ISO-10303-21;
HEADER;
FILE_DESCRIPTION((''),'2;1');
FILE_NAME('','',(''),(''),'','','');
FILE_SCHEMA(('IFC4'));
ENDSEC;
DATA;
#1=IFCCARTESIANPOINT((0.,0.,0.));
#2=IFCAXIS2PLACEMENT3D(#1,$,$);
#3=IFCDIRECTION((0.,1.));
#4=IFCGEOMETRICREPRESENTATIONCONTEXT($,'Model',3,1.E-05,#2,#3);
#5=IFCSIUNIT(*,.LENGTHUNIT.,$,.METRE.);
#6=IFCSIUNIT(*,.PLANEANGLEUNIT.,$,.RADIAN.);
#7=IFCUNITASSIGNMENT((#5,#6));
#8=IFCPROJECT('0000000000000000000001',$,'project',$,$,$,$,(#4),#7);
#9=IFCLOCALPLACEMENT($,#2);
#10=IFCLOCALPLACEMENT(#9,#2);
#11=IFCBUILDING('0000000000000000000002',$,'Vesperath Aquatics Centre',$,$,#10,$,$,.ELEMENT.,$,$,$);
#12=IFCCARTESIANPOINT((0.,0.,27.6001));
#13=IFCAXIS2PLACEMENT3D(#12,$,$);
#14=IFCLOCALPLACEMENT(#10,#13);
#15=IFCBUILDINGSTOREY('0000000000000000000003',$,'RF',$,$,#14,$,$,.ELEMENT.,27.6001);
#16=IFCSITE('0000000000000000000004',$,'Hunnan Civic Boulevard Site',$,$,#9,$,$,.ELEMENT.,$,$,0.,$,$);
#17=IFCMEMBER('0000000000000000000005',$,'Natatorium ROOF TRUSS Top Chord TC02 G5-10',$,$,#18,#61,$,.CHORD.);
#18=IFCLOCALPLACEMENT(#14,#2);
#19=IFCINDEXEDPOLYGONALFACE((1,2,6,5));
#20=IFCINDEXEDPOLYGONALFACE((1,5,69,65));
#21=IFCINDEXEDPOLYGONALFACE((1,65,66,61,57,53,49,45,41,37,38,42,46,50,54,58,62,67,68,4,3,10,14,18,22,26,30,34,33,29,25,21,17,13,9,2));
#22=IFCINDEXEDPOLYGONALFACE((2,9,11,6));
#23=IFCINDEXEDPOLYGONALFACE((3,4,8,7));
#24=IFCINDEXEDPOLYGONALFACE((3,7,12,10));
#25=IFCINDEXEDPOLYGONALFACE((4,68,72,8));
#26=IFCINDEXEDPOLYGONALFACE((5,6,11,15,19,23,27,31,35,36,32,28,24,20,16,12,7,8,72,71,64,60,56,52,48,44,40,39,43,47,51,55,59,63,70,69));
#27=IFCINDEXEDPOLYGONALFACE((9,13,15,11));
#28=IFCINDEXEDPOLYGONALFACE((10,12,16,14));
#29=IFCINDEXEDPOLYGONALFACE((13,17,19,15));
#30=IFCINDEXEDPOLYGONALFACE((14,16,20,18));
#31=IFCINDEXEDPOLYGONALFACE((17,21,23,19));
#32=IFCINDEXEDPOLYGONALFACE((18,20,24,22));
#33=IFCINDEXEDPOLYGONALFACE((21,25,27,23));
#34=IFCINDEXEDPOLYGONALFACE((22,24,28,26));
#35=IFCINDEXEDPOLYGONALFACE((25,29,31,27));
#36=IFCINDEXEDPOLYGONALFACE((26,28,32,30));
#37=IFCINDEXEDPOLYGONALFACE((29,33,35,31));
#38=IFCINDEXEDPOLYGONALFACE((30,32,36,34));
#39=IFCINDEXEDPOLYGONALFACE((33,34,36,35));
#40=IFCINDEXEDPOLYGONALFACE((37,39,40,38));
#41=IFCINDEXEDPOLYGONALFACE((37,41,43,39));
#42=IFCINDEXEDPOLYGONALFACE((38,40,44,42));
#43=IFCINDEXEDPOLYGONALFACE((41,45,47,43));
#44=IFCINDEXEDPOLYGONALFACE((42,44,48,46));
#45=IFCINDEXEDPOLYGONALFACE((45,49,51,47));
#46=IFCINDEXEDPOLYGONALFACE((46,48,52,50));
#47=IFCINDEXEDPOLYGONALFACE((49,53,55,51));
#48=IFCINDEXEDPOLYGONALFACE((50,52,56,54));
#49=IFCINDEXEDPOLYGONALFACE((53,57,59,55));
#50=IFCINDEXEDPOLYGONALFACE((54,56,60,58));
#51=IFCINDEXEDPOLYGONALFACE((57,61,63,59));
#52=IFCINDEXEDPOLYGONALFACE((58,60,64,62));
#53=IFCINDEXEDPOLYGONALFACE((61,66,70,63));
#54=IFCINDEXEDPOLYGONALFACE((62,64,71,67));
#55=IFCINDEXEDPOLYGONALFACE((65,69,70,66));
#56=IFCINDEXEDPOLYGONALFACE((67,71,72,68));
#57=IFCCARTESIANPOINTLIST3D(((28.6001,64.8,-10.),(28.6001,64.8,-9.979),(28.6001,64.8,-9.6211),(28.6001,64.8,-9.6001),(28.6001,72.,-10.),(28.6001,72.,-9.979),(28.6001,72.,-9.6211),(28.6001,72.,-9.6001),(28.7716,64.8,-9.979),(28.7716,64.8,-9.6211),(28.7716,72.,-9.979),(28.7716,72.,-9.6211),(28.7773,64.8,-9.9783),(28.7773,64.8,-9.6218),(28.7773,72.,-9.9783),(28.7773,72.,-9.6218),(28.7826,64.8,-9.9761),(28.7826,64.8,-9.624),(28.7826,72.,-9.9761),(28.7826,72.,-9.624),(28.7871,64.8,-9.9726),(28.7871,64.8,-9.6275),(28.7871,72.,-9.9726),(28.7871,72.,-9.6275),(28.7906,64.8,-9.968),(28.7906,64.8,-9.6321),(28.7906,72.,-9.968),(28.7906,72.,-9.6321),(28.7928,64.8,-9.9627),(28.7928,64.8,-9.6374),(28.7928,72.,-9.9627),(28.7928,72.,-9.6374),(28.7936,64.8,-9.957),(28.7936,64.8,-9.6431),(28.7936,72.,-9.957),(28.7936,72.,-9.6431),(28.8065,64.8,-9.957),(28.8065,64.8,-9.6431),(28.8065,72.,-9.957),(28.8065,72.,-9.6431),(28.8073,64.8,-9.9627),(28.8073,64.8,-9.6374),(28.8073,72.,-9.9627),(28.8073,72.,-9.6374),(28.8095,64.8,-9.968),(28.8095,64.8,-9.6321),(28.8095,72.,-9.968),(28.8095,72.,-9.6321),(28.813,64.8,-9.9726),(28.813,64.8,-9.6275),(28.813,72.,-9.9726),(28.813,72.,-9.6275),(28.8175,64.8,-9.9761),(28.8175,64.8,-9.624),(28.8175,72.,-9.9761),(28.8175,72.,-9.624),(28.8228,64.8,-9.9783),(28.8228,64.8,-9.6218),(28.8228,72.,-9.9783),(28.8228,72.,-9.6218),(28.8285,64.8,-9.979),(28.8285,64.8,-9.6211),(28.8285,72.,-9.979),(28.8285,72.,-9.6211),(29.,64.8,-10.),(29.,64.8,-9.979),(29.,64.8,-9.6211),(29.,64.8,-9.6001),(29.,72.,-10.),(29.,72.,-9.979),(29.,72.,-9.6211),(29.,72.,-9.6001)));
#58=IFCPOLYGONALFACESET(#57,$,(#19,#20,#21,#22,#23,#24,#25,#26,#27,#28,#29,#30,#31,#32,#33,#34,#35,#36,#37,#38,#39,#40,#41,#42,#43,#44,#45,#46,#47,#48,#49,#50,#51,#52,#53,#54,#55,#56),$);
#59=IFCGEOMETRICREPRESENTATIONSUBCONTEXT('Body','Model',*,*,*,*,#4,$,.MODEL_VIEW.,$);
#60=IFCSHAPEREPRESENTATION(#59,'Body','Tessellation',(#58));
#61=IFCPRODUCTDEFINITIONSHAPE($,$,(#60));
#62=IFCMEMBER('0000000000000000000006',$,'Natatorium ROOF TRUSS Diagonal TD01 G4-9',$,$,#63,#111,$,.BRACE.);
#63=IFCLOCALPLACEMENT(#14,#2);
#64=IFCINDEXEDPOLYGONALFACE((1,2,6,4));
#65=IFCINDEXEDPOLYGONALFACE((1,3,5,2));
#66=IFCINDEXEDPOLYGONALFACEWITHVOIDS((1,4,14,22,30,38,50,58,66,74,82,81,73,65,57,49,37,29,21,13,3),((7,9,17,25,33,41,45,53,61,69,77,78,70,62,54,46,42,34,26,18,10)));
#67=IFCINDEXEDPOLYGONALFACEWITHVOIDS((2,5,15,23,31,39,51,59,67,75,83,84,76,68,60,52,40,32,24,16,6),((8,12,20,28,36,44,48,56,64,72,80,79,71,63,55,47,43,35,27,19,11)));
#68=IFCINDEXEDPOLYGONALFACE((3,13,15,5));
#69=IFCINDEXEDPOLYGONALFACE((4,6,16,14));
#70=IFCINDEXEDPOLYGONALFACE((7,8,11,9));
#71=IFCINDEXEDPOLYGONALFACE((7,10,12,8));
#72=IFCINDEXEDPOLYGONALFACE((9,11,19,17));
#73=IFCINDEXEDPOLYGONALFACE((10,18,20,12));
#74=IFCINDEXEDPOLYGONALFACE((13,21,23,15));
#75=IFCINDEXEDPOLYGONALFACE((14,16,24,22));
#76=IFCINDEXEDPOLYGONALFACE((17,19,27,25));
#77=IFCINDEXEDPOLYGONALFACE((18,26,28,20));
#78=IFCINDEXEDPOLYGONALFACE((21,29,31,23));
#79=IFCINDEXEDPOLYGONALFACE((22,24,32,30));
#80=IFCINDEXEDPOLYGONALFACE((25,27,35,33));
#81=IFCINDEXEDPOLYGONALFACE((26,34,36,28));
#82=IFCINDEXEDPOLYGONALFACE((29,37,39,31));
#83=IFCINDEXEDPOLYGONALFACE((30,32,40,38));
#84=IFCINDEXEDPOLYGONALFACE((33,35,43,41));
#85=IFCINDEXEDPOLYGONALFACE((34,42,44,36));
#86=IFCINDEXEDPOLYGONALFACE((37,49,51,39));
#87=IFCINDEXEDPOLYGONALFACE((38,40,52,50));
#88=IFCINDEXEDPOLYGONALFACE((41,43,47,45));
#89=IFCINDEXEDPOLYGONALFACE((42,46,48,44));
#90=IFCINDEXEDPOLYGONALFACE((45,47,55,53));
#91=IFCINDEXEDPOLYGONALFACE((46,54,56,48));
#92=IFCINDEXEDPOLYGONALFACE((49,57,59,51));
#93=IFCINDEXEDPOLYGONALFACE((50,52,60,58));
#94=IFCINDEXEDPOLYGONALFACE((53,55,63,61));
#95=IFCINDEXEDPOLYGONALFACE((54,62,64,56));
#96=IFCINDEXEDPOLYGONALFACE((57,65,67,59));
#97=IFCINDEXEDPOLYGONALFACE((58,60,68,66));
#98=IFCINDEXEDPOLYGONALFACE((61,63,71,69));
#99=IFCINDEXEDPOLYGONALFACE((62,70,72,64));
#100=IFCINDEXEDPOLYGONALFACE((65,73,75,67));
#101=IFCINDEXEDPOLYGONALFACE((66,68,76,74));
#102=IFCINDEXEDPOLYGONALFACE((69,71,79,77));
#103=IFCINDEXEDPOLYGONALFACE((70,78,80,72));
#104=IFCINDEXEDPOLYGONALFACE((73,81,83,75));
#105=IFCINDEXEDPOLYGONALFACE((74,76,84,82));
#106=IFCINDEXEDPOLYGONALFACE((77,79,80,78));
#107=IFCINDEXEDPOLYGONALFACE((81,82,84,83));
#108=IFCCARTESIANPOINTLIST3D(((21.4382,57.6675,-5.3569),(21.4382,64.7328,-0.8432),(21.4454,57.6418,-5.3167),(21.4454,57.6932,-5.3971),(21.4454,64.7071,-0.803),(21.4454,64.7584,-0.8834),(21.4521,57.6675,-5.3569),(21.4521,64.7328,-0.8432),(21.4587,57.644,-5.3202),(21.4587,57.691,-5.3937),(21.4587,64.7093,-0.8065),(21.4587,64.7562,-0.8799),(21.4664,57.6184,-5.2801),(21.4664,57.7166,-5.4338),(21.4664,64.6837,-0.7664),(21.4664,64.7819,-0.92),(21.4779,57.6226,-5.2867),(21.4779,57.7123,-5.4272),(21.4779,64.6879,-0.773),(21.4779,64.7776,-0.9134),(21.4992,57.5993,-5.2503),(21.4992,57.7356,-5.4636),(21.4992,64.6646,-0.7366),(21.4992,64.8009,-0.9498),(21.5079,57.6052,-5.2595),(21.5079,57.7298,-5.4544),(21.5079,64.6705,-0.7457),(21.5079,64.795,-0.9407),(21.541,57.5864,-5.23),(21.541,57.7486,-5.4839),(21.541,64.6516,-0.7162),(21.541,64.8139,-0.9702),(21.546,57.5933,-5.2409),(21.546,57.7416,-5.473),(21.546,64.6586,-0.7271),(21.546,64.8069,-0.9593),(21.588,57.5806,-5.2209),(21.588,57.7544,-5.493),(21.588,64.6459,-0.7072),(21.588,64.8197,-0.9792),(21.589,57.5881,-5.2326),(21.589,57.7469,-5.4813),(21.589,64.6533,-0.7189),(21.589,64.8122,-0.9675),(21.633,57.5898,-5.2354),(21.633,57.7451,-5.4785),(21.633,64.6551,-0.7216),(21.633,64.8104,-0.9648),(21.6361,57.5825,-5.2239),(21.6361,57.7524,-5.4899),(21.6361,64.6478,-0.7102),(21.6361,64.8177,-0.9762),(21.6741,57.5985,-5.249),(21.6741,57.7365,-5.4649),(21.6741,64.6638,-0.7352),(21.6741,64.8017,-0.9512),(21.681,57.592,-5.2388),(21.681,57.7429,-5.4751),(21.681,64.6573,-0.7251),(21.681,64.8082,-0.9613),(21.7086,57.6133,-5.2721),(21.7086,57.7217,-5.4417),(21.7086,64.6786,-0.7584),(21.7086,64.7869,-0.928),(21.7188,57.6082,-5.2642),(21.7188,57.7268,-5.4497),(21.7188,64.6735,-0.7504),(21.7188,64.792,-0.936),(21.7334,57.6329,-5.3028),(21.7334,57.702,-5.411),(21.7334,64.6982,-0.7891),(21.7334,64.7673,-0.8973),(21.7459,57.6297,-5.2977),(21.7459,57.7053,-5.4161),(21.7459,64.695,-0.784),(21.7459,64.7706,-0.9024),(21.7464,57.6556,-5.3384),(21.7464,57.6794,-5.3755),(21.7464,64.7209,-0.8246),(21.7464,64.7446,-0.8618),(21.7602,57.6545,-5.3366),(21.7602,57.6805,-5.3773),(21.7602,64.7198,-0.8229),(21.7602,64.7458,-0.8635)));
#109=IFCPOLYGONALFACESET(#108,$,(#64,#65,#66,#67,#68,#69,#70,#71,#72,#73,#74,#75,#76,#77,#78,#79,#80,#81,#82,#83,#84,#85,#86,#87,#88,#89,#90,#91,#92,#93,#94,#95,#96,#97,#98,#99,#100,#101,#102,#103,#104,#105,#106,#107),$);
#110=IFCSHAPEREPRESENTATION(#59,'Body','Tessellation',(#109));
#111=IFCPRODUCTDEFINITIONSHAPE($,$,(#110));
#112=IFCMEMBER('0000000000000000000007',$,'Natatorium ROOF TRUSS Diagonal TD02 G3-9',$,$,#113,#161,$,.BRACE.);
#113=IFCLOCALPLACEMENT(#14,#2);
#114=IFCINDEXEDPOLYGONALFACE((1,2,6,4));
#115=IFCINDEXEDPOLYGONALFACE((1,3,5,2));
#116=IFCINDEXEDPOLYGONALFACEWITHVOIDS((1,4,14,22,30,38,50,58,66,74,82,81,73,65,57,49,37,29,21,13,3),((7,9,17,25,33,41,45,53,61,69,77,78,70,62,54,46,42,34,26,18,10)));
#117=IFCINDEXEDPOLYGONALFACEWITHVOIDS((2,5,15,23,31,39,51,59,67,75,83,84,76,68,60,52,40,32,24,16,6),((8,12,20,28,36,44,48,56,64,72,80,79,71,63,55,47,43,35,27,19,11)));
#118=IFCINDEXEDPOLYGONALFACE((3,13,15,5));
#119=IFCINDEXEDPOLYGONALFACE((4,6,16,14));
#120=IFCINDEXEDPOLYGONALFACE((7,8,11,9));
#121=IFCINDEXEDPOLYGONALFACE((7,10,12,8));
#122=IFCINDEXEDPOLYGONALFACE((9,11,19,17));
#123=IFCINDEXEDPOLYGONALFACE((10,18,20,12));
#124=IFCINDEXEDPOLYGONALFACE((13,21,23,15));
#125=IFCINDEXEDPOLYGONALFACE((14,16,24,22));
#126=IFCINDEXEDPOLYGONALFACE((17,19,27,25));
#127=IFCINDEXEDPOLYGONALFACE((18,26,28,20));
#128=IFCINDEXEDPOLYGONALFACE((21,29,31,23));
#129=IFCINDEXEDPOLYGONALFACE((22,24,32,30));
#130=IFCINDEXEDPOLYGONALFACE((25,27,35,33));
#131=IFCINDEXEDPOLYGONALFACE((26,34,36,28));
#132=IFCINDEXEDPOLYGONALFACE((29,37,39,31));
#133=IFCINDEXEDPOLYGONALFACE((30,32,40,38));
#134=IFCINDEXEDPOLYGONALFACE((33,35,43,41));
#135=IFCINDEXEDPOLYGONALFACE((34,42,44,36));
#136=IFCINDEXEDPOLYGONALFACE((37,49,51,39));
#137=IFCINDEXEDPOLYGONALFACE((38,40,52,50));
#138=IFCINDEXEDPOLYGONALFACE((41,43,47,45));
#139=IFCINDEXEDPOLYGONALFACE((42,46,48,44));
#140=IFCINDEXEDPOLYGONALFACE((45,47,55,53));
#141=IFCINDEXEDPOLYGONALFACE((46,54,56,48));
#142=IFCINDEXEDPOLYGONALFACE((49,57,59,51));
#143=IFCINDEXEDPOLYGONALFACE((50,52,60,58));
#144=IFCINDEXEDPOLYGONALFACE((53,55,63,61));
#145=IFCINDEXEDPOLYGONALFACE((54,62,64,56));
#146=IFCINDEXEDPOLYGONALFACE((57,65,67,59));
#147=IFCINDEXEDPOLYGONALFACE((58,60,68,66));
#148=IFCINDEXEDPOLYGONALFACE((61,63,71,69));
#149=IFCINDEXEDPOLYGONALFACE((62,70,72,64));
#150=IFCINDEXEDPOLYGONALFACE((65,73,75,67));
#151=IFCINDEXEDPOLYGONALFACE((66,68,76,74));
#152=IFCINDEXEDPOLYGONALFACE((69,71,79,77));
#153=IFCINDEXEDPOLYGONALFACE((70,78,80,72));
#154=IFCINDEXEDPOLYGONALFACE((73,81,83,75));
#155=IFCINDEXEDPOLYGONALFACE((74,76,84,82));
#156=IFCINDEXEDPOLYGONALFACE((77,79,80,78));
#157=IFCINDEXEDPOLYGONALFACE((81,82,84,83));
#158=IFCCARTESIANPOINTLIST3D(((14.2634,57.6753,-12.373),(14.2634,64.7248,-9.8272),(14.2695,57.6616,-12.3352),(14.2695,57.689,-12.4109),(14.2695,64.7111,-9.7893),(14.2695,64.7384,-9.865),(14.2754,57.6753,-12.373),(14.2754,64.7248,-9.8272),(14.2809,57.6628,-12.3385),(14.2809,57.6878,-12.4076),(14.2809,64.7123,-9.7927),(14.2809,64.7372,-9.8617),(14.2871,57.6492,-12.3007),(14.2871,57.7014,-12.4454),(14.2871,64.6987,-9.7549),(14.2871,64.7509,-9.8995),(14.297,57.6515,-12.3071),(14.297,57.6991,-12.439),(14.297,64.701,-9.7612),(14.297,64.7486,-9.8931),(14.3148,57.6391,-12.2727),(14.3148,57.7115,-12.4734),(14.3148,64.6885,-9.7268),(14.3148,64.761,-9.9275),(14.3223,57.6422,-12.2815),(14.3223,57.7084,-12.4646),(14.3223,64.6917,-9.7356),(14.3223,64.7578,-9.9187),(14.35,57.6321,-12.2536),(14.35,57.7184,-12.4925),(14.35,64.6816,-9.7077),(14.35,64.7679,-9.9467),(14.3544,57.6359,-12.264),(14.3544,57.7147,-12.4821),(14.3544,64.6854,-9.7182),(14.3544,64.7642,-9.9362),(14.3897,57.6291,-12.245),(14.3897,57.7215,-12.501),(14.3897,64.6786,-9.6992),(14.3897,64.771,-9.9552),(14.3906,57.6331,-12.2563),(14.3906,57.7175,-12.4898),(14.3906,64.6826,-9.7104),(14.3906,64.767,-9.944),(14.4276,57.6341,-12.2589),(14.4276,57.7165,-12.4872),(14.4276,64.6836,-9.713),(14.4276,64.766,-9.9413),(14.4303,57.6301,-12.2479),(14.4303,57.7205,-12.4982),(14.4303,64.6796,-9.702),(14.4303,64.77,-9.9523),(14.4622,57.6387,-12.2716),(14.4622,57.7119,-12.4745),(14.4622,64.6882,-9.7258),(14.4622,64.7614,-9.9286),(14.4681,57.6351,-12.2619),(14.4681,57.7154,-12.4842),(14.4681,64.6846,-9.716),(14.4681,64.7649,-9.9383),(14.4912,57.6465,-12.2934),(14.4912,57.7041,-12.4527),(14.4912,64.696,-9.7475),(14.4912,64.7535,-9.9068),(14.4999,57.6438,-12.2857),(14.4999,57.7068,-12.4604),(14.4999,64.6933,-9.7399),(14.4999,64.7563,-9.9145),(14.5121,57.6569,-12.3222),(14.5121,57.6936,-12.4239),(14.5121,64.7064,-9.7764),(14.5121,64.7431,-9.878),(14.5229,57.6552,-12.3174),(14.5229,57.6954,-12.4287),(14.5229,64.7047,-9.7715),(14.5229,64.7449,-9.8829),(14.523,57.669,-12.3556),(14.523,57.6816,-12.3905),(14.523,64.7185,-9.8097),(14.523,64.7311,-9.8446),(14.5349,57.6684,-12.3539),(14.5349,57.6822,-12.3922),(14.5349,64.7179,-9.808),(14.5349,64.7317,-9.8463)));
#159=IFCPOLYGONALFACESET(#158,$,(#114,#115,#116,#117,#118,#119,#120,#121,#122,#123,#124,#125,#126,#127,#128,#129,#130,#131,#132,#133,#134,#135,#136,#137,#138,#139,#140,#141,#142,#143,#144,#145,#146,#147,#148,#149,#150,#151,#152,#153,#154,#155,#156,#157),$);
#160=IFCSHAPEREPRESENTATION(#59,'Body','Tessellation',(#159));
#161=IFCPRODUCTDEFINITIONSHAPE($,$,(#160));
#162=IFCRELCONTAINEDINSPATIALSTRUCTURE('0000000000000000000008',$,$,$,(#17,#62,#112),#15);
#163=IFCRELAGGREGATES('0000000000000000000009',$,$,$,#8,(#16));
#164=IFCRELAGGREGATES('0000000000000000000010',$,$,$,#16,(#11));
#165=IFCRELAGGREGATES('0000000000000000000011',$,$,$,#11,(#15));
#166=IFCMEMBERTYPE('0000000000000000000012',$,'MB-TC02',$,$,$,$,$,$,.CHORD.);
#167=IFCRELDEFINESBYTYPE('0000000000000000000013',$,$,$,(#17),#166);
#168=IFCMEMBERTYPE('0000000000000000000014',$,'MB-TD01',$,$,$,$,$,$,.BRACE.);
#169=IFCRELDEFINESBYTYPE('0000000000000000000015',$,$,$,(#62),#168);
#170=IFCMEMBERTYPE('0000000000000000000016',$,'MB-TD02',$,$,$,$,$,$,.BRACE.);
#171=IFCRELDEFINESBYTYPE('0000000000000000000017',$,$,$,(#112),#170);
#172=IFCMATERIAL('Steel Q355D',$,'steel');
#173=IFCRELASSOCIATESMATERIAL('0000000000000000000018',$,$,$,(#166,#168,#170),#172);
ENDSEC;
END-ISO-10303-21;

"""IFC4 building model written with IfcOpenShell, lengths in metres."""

from ifc_helpers import new_model, si_unit, direction, frame, origin, origin_2d, place, context, subcontext, project, spatial, hollow_circle, i_section, extrude, material, material_profile, profile_set, type_object, element, save


model = new_model("IFC4")

# Units and contexts
model_context = context("Model", 3, precision=1e-05, world=origin(), true_north=direction((0.0, 1.0)))
body_context = subcontext(model_context, "Body", "Model", "MODEL_VIEW")
ifc_project = project(units=[si_unit("LENGTHUNIT", "METRE"), si_unit("PLANEANGLEUNIT", "RADIAN")], contexts=[model_context])

# Site, building, storey
site_placement = place(None, origin())
site = spatial("IfcSite", under=ifc_project, at=site_placement, Name="Hunnan Civic Boulevard Site", CompositionType="ELEMENT", RefElevation=0.0)
building_placement = place(site_placement, origin())
building = spatial("IfcBuilding", under=site, at=building_placement, Name="Vesperath Aquatics Centre", CompositionType="ELEMENT")
storey_placement = place(building_placement, frame((0.0, 0.0, 27.6001)))
storey = spatial("IfcBuildingStorey", under=building, at=storey_placement, Name="RF", CompositionType="ELEMENT", Elevation=27.6001)

# Members
ifc_material_1 = material(Name="Steel Q355D", Category="steel")
ifc_material_profile_1 = material_profile(ifc_material_1, i_section(OverallWidth=0.3999, OverallDepth=0.3999, WebThickness=0.0129, FlangeThickness=0.021, FilletRadius=0.022, at=origin_2d()), Name="HW 400x400x13x21")
ifc_profile_set_1 = profile_set([ifc_material_profile_1], Name="Steel Q355D")
member_type_1 = type_object("IfcMemberType", Name="MB-TC02", PredefinedType="CHORD", material=ifc_profile_set_1)
for number, where, z_axis, x_axis, name in (
    (1, (28.8, 64.8, -9.8), (0.0, 1.0, 0.0), (-1.0, 0.0, 0.0), "Natatorium ROOF TRUSS Top Chord TC02 G5-10"),
):
    element("IfcMember", number, at=place(storey_placement, frame(where, z_axis=z_axis, x_axis=x_axis)), inside=storey, type_object=member_type_1, Name=name, PredefinedType="CHORD", context=body_context, shape_type="SweptSolid", body=[
        extrude(i_section(OverallWidth=0.3999, OverallDepth=0.3999, WebThickness=0.0129, FlangeThickness=0.021, FilletRadius=0.022, at=origin_2d()), origin(), (0.0, 0.0, 1.0), 7.2),
    ])
ifc_material_profile_2 = material_profile(ifc_material_1, hollow_circle(Radius=0.1619, WallThickness=0.0139, at=origin_2d()), Name="CHS 323.9x14")
ifc_profile_set_2 = profile_set([ifc_material_profile_2], Name="Steel Q355D")
member_type_2 = type_object("IfcMemberType", Name="MB-TD01", PredefinedType="BRACE", material=ifc_profile_set_2)
member_1_placement = place(storey_placement, frame((21.6001, 57.6675, -5.3569), z_axis=(0.0, 0.842707, 0.538373), x_axis=(-1.0, 0.0, 0.0)))
element("IfcMember", 2, at=member_1_placement, inside=storey, type_object=member_type_2, Name="Natatorium ROOF TRUSS Diagonal TD01 G4-9", PredefinedType="BRACE", context=body_context, shape_type="SweptSolid", body=[
    extrude(hollow_circle(Radius=0.1619, WallThickness=0.0139, at=origin_2d()), origin(), (0.0, 0.0, 1.0), 8.384),
])
ifc_material_profile_3 = material_profile(ifc_material_1, hollow_circle(Radius=0.1365, WallThickness=0.012, at=origin_2d()), Name="CHS 273.0x12")
ifc_profile_set_3 = profile_set([ifc_material_profile_3], Name="Steel Q355D")
member_type_3 = type_object("IfcMemberType", Name="MB-TD02", PredefinedType="BRACE", material=ifc_profile_set_3)
for number, where, z_axis, x_axis, name in (
    (3, (14.3999, 57.6753, -12.373), (0.0, 0.940544, 0.339671), (-1.0, 0.0, 0.0), "Natatorium ROOF TRUSS Diagonal TD02 G3-9"),
):
    element("IfcMember", number, at=place(storey_placement, frame(where, z_axis=z_axis, x_axis=x_axis)), inside=storey, type_object=member_type_3, Name=name, PredefinedType="BRACE", context=body_context, shape_type="SweptSolid", body=[
        extrude(hollow_circle(Radius=0.1365, WallThickness=0.012, at=origin_2d()), origin(), (0.0, 0.0, 1.0), 7.4951),
    ])

save(model, "model.ifc")
